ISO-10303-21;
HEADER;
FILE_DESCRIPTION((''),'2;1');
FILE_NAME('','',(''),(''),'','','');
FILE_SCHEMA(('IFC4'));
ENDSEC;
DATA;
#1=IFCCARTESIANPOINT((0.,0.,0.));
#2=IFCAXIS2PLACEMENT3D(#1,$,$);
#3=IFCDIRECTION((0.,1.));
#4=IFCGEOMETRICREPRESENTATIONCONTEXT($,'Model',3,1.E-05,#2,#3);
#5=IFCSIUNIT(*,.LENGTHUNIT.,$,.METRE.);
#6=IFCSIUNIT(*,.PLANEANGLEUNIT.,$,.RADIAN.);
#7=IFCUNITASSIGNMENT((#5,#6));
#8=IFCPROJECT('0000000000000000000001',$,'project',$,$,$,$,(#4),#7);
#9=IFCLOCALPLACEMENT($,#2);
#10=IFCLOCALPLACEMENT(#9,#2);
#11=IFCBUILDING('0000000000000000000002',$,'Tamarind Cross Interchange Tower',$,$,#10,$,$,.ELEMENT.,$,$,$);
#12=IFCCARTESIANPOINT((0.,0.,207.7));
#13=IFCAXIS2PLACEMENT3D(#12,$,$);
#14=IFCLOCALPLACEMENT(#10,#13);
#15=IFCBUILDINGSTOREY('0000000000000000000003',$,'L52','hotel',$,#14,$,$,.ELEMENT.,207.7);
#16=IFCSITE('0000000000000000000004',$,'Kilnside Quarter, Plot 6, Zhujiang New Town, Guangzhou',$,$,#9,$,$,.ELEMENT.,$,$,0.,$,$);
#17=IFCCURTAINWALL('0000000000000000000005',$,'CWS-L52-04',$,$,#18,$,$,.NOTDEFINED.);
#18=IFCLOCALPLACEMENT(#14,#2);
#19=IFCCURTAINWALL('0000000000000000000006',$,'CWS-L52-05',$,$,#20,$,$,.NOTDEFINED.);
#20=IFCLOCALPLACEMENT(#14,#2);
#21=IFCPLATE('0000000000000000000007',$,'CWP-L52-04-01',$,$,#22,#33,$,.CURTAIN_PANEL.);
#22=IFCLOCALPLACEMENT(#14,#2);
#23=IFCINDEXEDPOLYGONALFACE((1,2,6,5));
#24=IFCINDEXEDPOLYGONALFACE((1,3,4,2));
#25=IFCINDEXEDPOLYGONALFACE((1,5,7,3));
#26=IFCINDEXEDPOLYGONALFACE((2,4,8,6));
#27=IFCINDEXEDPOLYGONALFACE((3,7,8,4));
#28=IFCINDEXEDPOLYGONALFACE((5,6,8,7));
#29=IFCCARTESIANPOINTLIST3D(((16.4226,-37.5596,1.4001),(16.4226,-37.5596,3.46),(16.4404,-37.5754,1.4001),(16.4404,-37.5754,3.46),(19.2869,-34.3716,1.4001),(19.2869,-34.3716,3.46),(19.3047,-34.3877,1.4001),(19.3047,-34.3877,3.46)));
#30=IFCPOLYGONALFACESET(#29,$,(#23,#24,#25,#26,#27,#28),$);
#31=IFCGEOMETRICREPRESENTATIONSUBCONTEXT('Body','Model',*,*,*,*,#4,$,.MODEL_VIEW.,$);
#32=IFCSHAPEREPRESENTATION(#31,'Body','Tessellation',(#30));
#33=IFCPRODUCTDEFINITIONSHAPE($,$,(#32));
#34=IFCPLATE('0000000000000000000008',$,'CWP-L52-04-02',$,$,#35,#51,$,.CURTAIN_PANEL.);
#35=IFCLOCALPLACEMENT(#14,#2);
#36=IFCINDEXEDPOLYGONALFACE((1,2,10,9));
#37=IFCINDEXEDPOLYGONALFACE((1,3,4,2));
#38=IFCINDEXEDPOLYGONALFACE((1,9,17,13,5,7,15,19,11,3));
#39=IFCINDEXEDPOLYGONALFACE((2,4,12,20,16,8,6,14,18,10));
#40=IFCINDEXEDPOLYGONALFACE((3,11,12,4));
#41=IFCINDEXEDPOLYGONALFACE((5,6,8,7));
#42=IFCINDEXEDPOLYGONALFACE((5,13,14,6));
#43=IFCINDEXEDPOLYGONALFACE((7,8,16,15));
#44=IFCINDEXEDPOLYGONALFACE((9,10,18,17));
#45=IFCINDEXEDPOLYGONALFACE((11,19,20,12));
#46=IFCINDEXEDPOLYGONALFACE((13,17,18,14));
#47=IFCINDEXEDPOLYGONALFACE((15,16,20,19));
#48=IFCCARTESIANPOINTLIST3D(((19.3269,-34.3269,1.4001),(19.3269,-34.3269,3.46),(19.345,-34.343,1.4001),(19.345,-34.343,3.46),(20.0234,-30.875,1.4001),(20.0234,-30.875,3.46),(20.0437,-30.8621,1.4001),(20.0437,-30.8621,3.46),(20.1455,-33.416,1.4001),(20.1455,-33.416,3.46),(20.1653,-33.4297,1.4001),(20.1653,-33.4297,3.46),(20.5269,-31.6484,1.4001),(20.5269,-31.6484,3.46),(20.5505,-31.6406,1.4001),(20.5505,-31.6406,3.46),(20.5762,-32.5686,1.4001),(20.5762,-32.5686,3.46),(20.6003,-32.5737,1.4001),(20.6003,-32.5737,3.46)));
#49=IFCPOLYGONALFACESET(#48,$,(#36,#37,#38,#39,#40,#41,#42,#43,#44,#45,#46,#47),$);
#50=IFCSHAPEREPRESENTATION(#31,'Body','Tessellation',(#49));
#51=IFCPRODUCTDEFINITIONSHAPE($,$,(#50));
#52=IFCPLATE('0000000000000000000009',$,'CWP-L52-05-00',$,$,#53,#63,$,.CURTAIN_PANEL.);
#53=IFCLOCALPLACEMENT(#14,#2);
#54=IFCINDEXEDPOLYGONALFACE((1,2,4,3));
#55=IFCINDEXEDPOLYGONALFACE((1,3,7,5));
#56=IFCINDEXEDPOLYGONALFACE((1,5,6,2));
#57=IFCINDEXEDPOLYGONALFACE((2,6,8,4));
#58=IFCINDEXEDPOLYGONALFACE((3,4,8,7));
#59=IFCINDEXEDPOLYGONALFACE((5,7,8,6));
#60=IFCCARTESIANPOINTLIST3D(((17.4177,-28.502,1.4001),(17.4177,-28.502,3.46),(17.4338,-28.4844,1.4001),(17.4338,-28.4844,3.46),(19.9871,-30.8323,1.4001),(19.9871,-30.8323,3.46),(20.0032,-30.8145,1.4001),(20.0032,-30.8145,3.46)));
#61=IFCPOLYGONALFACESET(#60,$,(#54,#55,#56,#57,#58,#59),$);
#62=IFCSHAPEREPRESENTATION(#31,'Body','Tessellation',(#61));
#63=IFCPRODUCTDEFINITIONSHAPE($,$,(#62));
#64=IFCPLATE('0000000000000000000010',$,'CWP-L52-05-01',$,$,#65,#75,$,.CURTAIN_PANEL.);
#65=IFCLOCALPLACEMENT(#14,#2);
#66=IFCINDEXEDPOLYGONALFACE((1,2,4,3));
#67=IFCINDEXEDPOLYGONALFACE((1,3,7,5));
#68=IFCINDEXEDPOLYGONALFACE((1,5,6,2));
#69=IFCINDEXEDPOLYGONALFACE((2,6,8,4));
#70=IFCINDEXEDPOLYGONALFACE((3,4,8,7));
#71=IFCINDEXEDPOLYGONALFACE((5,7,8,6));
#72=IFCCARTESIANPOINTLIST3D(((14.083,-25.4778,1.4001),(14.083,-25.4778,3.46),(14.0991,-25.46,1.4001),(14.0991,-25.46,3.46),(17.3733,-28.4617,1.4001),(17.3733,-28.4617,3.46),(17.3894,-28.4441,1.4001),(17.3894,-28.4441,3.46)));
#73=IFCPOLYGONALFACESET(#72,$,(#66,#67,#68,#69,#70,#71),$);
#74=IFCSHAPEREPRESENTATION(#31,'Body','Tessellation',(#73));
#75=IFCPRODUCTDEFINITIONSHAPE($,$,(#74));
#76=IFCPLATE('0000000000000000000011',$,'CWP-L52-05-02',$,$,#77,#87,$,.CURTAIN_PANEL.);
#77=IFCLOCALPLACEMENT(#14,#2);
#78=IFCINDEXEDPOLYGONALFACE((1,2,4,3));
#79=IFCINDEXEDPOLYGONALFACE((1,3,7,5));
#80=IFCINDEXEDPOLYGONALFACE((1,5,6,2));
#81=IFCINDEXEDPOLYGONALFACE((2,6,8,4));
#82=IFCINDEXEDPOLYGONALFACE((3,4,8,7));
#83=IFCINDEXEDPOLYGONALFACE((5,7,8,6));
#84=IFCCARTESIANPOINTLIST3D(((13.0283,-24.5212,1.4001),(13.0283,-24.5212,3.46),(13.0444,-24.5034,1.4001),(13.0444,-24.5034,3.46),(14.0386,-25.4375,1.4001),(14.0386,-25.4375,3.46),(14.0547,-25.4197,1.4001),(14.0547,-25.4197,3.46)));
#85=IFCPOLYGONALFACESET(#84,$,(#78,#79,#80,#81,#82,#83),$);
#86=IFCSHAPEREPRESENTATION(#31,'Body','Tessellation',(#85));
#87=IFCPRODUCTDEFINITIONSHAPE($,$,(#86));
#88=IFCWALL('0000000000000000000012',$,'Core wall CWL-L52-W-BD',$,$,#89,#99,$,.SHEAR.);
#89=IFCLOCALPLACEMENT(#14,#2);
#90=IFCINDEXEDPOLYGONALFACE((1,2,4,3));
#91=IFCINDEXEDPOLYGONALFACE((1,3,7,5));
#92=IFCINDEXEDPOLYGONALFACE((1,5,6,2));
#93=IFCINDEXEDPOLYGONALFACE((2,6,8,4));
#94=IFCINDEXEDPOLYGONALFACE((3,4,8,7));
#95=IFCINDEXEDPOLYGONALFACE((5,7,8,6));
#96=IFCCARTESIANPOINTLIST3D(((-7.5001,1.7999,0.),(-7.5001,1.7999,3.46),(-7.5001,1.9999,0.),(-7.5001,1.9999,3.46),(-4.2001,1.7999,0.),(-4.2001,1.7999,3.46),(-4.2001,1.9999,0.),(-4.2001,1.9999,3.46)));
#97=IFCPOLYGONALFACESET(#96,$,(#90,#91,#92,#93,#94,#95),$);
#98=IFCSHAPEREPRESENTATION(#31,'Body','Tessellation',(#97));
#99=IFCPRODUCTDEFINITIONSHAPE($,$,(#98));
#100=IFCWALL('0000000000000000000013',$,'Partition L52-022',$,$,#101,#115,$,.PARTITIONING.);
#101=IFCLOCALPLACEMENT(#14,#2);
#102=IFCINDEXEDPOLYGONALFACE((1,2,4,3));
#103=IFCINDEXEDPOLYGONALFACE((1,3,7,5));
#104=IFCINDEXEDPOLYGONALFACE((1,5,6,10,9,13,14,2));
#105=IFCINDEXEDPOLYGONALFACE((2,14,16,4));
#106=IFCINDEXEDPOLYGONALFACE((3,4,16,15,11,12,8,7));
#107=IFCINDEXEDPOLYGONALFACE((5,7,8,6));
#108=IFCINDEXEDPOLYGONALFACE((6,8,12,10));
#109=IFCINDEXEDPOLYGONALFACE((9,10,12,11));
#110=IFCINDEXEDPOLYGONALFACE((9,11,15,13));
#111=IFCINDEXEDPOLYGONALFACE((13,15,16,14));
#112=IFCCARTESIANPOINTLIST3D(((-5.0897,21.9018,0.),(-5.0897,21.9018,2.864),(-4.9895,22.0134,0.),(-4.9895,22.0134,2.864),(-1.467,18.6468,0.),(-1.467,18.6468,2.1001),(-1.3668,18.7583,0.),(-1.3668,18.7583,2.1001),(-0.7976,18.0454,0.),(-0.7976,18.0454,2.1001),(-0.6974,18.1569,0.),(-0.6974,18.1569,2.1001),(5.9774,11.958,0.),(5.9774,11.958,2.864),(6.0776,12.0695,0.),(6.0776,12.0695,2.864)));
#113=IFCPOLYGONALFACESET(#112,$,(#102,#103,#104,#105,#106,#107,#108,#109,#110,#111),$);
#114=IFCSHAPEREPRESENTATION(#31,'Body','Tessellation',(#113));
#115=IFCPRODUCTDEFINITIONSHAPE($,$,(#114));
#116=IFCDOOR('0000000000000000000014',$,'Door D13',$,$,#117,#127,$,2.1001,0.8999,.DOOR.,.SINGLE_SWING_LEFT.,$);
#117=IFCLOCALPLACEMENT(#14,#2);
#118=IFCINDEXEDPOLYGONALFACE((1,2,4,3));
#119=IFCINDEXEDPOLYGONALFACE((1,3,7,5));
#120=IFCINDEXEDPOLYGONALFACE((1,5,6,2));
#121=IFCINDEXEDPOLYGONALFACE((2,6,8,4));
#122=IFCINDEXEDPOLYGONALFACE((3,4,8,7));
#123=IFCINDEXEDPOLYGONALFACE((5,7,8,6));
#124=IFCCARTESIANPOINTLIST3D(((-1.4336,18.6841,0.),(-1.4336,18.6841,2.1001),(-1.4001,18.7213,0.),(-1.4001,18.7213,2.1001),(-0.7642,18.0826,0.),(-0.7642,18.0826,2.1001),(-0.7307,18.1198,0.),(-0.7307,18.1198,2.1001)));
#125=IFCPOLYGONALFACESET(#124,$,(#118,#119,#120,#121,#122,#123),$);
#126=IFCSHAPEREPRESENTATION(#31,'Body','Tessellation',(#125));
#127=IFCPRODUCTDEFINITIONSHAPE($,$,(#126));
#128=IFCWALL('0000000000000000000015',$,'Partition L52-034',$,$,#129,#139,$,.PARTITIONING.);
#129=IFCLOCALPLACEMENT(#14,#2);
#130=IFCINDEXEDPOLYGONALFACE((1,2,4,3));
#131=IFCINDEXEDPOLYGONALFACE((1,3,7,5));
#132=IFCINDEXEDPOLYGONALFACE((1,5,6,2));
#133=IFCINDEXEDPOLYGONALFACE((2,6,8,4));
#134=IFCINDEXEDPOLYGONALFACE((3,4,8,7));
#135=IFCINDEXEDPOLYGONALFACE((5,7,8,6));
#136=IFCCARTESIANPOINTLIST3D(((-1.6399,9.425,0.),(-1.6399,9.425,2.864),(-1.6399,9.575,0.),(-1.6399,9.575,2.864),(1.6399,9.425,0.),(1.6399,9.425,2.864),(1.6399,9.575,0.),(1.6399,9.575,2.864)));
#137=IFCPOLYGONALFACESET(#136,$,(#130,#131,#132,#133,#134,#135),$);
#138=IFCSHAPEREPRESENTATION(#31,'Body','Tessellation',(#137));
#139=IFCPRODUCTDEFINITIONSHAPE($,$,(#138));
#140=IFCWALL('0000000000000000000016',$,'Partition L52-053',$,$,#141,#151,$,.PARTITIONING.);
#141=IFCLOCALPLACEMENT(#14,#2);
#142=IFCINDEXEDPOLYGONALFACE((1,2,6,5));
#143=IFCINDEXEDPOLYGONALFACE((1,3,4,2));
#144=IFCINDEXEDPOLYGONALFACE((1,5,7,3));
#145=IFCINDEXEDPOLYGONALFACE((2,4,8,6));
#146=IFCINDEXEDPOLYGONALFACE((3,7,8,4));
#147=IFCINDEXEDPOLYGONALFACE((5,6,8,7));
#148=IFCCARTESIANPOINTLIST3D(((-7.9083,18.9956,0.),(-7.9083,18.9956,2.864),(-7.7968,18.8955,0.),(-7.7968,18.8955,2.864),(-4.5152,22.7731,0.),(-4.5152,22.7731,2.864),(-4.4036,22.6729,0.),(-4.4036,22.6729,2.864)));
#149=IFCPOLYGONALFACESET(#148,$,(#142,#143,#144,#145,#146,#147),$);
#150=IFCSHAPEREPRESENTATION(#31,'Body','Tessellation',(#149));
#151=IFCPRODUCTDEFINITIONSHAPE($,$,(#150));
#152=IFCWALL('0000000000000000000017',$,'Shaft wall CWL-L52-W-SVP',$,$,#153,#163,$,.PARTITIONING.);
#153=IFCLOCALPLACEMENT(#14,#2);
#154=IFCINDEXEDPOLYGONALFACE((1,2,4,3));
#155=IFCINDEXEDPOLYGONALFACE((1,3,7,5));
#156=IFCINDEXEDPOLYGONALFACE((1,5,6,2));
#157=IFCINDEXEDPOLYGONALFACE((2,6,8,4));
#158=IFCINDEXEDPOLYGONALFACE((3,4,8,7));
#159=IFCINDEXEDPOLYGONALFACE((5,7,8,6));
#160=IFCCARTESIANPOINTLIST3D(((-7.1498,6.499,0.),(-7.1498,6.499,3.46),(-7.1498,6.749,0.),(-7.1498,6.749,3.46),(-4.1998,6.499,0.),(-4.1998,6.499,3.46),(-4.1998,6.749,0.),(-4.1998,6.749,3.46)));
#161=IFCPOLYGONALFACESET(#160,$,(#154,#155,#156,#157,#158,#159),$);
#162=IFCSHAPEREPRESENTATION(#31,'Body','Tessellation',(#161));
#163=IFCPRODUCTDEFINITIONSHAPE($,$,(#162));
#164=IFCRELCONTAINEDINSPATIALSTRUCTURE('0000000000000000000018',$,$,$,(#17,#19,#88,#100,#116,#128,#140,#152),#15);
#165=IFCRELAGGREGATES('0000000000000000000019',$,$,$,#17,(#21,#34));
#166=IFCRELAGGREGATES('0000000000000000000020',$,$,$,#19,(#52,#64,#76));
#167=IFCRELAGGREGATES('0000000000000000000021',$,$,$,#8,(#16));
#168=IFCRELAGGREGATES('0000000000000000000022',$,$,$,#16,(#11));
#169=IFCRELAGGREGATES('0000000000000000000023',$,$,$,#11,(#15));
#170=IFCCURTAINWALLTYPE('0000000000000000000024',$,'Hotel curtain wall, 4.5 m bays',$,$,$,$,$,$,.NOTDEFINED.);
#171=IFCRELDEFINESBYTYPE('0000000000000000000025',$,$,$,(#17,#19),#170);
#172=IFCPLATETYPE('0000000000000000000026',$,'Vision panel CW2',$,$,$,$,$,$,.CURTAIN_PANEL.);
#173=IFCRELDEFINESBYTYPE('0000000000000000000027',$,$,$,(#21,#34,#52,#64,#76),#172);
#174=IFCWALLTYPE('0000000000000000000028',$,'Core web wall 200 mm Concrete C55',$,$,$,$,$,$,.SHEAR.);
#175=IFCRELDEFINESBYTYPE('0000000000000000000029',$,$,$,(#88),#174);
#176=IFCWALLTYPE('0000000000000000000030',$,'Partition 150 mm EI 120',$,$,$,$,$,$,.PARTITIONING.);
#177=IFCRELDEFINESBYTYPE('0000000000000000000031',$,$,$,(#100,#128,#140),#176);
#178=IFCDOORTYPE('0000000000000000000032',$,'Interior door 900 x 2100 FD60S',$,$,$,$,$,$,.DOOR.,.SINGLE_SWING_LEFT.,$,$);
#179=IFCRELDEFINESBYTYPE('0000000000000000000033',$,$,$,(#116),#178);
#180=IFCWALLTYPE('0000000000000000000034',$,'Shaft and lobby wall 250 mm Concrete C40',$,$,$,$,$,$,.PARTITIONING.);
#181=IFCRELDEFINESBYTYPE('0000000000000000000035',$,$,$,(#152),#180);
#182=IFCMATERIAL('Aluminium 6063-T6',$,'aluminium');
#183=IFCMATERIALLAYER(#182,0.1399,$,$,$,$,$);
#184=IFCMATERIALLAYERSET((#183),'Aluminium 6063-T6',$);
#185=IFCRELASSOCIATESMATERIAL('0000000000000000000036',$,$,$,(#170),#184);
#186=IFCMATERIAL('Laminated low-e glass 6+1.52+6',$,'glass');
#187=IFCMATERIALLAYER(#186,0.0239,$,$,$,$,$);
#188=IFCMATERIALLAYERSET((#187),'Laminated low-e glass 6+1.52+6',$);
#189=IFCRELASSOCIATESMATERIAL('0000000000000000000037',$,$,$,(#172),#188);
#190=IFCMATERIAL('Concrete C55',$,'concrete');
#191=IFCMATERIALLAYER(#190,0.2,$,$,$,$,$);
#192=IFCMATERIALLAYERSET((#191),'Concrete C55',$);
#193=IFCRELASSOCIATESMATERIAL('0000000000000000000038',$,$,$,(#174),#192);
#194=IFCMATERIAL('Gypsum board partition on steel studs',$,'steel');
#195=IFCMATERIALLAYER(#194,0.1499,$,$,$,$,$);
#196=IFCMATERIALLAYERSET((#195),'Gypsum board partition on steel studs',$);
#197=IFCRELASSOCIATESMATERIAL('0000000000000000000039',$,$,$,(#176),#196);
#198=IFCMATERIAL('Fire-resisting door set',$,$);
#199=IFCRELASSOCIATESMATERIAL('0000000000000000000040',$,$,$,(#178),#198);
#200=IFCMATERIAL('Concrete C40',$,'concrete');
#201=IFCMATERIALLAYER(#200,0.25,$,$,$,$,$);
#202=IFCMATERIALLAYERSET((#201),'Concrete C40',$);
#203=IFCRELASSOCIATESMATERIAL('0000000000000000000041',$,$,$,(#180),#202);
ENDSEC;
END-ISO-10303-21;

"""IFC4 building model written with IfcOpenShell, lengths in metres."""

from ifc_helpers import new_model, si_unit, direction, frame, frame_2d, origin, place, context, subcontext, project, spatial, polyline, rectangle, outline, extrude, material, layer, layer_set, type_object, element, fill, aggregate, save


model = new_model("IFC4")

# Units and contexts
model_context = context("Model", 3, precision=1e-05, world=origin(), true_north=direction((0.0, 1.0)))
body_context = subcontext(model_context, "Body", "Model", "MODEL_VIEW")
ifc_project = project(units=[si_unit("LENGTHUNIT", "METRE"), si_unit("PLANEANGLEUNIT", "RADIAN")], contexts=[model_context])

# Site, building, storey
site_placement = place(None, origin())
site = spatial("IfcSite", under=ifc_project, at=site_placement, Name="Kilnside Quarter, Plot 6, Zhujiang New Town, Guangzhou", CompositionType="ELEMENT", RefElevation=0.0)
building_placement = place(site_placement, origin())
building = spatial("IfcBuilding", under=site, at=building_placement, Name="Tamarind Cross Interchange Tower", CompositionType="ELEMENT")
storey_placement = place(building_placement, frame((0.0, 0.0, 207.7)))
storey = spatial("IfcBuildingStorey", under=building, at=storey_placement, Name="L52", Description="hotel", CompositionType="ELEMENT", Elevation=207.7)

# Shared definitions
ifc_material_1 = material(Name="Concrete C55", Category="concrete")

# Curtain walls
ifc_material_2 = material(Name="Aluminium 6063-T6", Category="aluminium")
ifc_layer_1 = layer(ifc_material_2, 0.1399)
ifc_layer_set_1 = layer_set([ifc_layer_1], Name="Aluminium 6063-T6")
curtain_wall_type = type_object("IfcCurtainWallType", Name="Hotel curtain wall, 4.5 m bays", PredefinedType="NOTDEFINED", material=ifc_layer_set_1)
curtain_wall_1_placement = place(storey_placement, origin())
curtain_wall_1 = element("IfcCurtainWall", 1, at=curtain_wall_1_placement, inside=storey, type_object=curtain_wall_type, Name="CWS-L52-04", PredefinedType="NOTDEFINED")
curtain_wall_2_placement = place(storey_placement, origin())
curtain_wall_2 = element("IfcCurtainWall", 2, at=curtain_wall_2_placement, inside=storey, type_object=curtain_wall_type, Name="CWS-L52-05", PredefinedType="NOTDEFINED")

# Plates
ifc_material_3 = material(Name="Laminated low-e glass 6+1.52+6", Category="glass")
ifc_layer_2 = layer(ifc_material_3, 0.0239)
ifc_layer_set_2 = layer_set([ifc_layer_2], Name="Laminated low-e glass 6+1.52+6")
plate_type = type_object("IfcPlateType", Name="Vision panel CW2", PredefinedType="CURTAIN_PANEL", material=ifc_layer_set_2)
plate_1_placement = place(storey_placement, frame((0.0, 0.0, 1.4001)))
plate_1 = element("IfcPlate", 3, at=plate_1_placement, type_object=plate_type, Name="CWP-L52-04-01", PredefinedType="CURTAIN_PANEL", context=body_context, shape_type="SweptSolid", body=[
    extrude(outline(polyline([(16.4226, -37.5596), (19.2869, -34.3716), (19.3047, -34.3877), (16.4404, -37.5754), (16.4226, -37.5596)])), origin(), (0.0, 0.0, 1.0), 2.0598),
])
plate_2_placement = place(storey_placement, frame((0.0, 0.0, 1.4001)))
plate_2 = element("IfcPlate", 4, at=plate_2_placement, type_object=plate_type, Name="CWP-L52-04-02", PredefinedType="CURTAIN_PANEL", context=body_context, shape_type="SweptSolid", body=[
    extrude(outline(polyline([(19.3269, -34.3269), (20.1455, -33.416), (20.5762, -32.5686), (20.5269, -31.6484), (20.0234, -30.875), (20.0437, -30.8621), (20.5505, -31.6406), (20.6003, -32.5737), (20.1653, -33.4297), (19.345, -34.343), (19.3269, -34.3269)])), origin(), (0.0, 0.0, 1.0), 2.0598),
])
aggregate(curtain_wall_1, [plate_1, plate_2])
plate_3_placement = place(storey_placement, frame((0.0, 0.0, 1.4001)))
plate_3 = element("IfcPlate", 5, at=plate_3_placement, type_object=plate_type, Name="CWP-L52-05-00", PredefinedType="CURTAIN_PANEL", context=body_context, shape_type="SweptSolid", body=[
    extrude(outline(polyline([(19.9871, -30.8323), (17.4177, -28.502), (17.4338, -28.4844), (20.0032, -30.8145), (19.9871, -30.8323)])), origin(), (0.0, 0.0, 1.0), 2.0598),
])
plate_4_placement = place(storey_placement, frame((0.0, 0.0, 1.4001)))
plate_4 = element("IfcPlate", 6, at=plate_4_placement, type_object=plate_type, Name="CWP-L52-05-01", PredefinedType="CURTAIN_PANEL", context=body_context, shape_type="SweptSolid", body=[
    extrude(outline(polyline([(17.3733, -28.4617), (14.083, -25.4778), (14.0991, -25.46), (17.3894, -28.4441), (17.3733, -28.4617)])), origin(), (0.0, 0.0, 1.0), 2.0598),
])
plate_5_placement = place(storey_placement, frame((0.0, 0.0, 1.4001)))
plate_5 = element("IfcPlate", 7, at=plate_5_placement, type_object=plate_type, Name="CWP-L52-05-02", PredefinedType="CURTAIN_PANEL", context=body_context, shape_type="SweptSolid", body=[
    extrude(outline(polyline([(14.0386, -25.4375), (13.0283, -24.5212), (13.0444, -24.5034), (14.0547, -25.4197), (14.0386, -25.4375)])), origin(), (0.0, 0.0, 1.0), 2.0598),
])
aggregate(curtain_wall_2, [plate_3, plate_4, plate_5])

# Wall
ifc_layer_3 = layer(ifc_material_1, 0.2)
ifc_layer_set_3 = layer_set([ifc_layer_3], Name="Concrete C55")
wall_type_1 = type_object("IfcWallType", Name="Core web wall 200 mm Concrete C55", PredefinedType="SHEAR", material=ifc_layer_set_3)
wall_1_placement = place(storey_placement, frame((-7.5, 1.8999, 0.0), z_axis=(0.0, 0.0, 1.0), x_axis=(1.0, 0.0, 0.0)))
element("IfcWall", 8, at=wall_1_placement, inside=storey, type_object=wall_type_1, Name="Core wall CWL-L52-W-BD", PredefinedType="SHEAR", context=body_context, shape_type="SweptSolid", body=[
    extrude(rectangle(XDim=3.3, YDim=0.2, at=frame_2d((1.6499, 0.0))), origin(), (0.0, 0.0, 1.0), 3.46),
])

# Wall, opening, door
ifc_material_4 = material(Name="Gypsum board partition on steel studs", Category="steel")
ifc_layer_4 = layer(ifc_material_4, 0.1499)
ifc_layer_set_4 = layer_set([ifc_layer_4], Name="Gypsum board partition on steel studs")
wall_type_2 = type_object("IfcWallType", Name="Partition 150 mm EI 120", PredefinedType="PARTITIONING", material=ifc_layer_set_4)
wall_2_placement = place(storey_placement, frame((-5.0396, 21.9575, 0.0), z_axis=(0.0, 0.0, 1.0), x_axis=(0.743848, -0.668349, 0.0)))
wall_2 = element("IfcWall", 9, at=wall_2_placement, inside=storey, type_object=wall_type_2, Name="Partition L52-022", PredefinedType="PARTITIONING", context=body_context, shape_type="SweptSolid", body=[
    extrude(rectangle(XDim=14.8782, YDim=0.1499, at=frame_2d((7.439, 0.0))), origin(), (0.0, 0.0, 1.0), 2.864),
])
opening_placement = place(wall_2_placement, frame((4.8701, 0.0, 0.0)))
opening = element("IfcOpeningElement", 10, at=opening_placement, cuts=wall_2, PredefinedType="OPENING", context=body_context, shape_type="SweptSolid", body=[
    extrude(rectangle(XDim=0.8999, YDim=2.1001, at=frame_2d((0.45, 1.05))), frame((0.0, 0.085, 0.0), z_axis=(0.0, -1.0, 0.0), x_axis=(1.0, 0.0, 0.0)), (0.0, 0.0, 1.0), 0.1699),
])
ifc_material_5 = material(Name="Fire-resisting door set")
door_type = type_object("IfcDoorType", Name="Interior door 900 x 2100 FD60S", OperationType="SINGLE_SWING_LEFT", PredefinedType="DOOR", material=ifc_material_5)
door_placement = place(opening_placement, frame((0.8999, 0.0, 0.0), z_axis=(0.0, 0.0, 1.0), x_axis=(-1.0, 0.0, 0.0)))
door = element("IfcDoor", 11, at=door_placement, inside=storey, type_object=door_type, Name="Door D13", OperationType="SINGLE_SWING_LEFT", OverallHeight=2.1001, OverallWidth=0.8999, PredefinedType="DOOR", context=body_context, shape_type="SweptSolid", body=[
    extrude(rectangle(XDim=0.8999, YDim=2.1001, at=frame_2d((0.45, 1.05))), frame((0.0, 0.0249, 0.0), z_axis=(0.0, -1.0, 0.0), x_axis=(1.0, 0.0, 0.0)), (0.0, 0.0, 1.0), 0.05),
])
fill(opening, door)

# Walls
wall_3_placement = place(storey_placement, frame((-1.6399, 9.5, 0.0), z_axis=(0.0, 0.0, 1.0), x_axis=(1.0, 0.0, 0.0)))
element("IfcWall", 12, at=wall_3_placement, inside=storey, type_object=wall_type_2, Name="Partition L52-034", PredefinedType="PARTITIONING", context=body_context, shape_type="SweptSolid", body=[
    extrude(rectangle(XDim=3.2798, YDim=0.1499, at=frame_2d((1.6399, 0.0))), origin(), (0.0, 0.0, 1.0), 2.864),
])
wall_4_placement = place(storey_placement, frame((-7.8525, 18.9456, 0.0), z_axis=(0.0, 0.0, 1.0), x_axis=(0.668252, 0.743935, 0.0)))
element("IfcWall", 13, at=wall_4_placement, inside=storey, type_object=wall_type_2, Name="Partition L52-053", PredefinedType="PARTITIONING", context=body_context, shape_type="SweptSolid", body=[
    extrude(rectangle(XDim=5.0776, YDim=0.1499, at=frame_2d((2.5388, 0.0))), origin(), (0.0, 0.0, 1.0), 2.864),
])
ifc_material_6 = material(Name="Concrete C40", Category="concrete")
ifc_layer_5 = layer(ifc_material_6, 0.25)
ifc_layer_set_5 = layer_set([ifc_layer_5], Name="Concrete C40")
wall_type_3 = type_object("IfcWallType", Name="Shaft and lobby wall 250 mm Concrete C40", PredefinedType="PARTITIONING", material=ifc_layer_set_5)
wall_5_placement = place(storey_placement, frame((-7.1499, 6.624, 0.0), z_axis=(0.0, 0.0, 1.0), x_axis=(1.0, 0.0, 0.0)))
element("IfcWall", 14, at=wall_5_placement, inside=storey, type_object=wall_type_3, Name="Shaft wall CWL-L52-W-SVP", PredefinedType="PARTITIONING", context=body_context, shape_type="SweptSolid", body=[
    extrude(rectangle(XDim=2.95, YDim=0.25, at=frame_2d((1.4751, 0.0))), origin(), (0.0, 0.0, 1.0), 3.46),
])

save(model, "model.ifc")
